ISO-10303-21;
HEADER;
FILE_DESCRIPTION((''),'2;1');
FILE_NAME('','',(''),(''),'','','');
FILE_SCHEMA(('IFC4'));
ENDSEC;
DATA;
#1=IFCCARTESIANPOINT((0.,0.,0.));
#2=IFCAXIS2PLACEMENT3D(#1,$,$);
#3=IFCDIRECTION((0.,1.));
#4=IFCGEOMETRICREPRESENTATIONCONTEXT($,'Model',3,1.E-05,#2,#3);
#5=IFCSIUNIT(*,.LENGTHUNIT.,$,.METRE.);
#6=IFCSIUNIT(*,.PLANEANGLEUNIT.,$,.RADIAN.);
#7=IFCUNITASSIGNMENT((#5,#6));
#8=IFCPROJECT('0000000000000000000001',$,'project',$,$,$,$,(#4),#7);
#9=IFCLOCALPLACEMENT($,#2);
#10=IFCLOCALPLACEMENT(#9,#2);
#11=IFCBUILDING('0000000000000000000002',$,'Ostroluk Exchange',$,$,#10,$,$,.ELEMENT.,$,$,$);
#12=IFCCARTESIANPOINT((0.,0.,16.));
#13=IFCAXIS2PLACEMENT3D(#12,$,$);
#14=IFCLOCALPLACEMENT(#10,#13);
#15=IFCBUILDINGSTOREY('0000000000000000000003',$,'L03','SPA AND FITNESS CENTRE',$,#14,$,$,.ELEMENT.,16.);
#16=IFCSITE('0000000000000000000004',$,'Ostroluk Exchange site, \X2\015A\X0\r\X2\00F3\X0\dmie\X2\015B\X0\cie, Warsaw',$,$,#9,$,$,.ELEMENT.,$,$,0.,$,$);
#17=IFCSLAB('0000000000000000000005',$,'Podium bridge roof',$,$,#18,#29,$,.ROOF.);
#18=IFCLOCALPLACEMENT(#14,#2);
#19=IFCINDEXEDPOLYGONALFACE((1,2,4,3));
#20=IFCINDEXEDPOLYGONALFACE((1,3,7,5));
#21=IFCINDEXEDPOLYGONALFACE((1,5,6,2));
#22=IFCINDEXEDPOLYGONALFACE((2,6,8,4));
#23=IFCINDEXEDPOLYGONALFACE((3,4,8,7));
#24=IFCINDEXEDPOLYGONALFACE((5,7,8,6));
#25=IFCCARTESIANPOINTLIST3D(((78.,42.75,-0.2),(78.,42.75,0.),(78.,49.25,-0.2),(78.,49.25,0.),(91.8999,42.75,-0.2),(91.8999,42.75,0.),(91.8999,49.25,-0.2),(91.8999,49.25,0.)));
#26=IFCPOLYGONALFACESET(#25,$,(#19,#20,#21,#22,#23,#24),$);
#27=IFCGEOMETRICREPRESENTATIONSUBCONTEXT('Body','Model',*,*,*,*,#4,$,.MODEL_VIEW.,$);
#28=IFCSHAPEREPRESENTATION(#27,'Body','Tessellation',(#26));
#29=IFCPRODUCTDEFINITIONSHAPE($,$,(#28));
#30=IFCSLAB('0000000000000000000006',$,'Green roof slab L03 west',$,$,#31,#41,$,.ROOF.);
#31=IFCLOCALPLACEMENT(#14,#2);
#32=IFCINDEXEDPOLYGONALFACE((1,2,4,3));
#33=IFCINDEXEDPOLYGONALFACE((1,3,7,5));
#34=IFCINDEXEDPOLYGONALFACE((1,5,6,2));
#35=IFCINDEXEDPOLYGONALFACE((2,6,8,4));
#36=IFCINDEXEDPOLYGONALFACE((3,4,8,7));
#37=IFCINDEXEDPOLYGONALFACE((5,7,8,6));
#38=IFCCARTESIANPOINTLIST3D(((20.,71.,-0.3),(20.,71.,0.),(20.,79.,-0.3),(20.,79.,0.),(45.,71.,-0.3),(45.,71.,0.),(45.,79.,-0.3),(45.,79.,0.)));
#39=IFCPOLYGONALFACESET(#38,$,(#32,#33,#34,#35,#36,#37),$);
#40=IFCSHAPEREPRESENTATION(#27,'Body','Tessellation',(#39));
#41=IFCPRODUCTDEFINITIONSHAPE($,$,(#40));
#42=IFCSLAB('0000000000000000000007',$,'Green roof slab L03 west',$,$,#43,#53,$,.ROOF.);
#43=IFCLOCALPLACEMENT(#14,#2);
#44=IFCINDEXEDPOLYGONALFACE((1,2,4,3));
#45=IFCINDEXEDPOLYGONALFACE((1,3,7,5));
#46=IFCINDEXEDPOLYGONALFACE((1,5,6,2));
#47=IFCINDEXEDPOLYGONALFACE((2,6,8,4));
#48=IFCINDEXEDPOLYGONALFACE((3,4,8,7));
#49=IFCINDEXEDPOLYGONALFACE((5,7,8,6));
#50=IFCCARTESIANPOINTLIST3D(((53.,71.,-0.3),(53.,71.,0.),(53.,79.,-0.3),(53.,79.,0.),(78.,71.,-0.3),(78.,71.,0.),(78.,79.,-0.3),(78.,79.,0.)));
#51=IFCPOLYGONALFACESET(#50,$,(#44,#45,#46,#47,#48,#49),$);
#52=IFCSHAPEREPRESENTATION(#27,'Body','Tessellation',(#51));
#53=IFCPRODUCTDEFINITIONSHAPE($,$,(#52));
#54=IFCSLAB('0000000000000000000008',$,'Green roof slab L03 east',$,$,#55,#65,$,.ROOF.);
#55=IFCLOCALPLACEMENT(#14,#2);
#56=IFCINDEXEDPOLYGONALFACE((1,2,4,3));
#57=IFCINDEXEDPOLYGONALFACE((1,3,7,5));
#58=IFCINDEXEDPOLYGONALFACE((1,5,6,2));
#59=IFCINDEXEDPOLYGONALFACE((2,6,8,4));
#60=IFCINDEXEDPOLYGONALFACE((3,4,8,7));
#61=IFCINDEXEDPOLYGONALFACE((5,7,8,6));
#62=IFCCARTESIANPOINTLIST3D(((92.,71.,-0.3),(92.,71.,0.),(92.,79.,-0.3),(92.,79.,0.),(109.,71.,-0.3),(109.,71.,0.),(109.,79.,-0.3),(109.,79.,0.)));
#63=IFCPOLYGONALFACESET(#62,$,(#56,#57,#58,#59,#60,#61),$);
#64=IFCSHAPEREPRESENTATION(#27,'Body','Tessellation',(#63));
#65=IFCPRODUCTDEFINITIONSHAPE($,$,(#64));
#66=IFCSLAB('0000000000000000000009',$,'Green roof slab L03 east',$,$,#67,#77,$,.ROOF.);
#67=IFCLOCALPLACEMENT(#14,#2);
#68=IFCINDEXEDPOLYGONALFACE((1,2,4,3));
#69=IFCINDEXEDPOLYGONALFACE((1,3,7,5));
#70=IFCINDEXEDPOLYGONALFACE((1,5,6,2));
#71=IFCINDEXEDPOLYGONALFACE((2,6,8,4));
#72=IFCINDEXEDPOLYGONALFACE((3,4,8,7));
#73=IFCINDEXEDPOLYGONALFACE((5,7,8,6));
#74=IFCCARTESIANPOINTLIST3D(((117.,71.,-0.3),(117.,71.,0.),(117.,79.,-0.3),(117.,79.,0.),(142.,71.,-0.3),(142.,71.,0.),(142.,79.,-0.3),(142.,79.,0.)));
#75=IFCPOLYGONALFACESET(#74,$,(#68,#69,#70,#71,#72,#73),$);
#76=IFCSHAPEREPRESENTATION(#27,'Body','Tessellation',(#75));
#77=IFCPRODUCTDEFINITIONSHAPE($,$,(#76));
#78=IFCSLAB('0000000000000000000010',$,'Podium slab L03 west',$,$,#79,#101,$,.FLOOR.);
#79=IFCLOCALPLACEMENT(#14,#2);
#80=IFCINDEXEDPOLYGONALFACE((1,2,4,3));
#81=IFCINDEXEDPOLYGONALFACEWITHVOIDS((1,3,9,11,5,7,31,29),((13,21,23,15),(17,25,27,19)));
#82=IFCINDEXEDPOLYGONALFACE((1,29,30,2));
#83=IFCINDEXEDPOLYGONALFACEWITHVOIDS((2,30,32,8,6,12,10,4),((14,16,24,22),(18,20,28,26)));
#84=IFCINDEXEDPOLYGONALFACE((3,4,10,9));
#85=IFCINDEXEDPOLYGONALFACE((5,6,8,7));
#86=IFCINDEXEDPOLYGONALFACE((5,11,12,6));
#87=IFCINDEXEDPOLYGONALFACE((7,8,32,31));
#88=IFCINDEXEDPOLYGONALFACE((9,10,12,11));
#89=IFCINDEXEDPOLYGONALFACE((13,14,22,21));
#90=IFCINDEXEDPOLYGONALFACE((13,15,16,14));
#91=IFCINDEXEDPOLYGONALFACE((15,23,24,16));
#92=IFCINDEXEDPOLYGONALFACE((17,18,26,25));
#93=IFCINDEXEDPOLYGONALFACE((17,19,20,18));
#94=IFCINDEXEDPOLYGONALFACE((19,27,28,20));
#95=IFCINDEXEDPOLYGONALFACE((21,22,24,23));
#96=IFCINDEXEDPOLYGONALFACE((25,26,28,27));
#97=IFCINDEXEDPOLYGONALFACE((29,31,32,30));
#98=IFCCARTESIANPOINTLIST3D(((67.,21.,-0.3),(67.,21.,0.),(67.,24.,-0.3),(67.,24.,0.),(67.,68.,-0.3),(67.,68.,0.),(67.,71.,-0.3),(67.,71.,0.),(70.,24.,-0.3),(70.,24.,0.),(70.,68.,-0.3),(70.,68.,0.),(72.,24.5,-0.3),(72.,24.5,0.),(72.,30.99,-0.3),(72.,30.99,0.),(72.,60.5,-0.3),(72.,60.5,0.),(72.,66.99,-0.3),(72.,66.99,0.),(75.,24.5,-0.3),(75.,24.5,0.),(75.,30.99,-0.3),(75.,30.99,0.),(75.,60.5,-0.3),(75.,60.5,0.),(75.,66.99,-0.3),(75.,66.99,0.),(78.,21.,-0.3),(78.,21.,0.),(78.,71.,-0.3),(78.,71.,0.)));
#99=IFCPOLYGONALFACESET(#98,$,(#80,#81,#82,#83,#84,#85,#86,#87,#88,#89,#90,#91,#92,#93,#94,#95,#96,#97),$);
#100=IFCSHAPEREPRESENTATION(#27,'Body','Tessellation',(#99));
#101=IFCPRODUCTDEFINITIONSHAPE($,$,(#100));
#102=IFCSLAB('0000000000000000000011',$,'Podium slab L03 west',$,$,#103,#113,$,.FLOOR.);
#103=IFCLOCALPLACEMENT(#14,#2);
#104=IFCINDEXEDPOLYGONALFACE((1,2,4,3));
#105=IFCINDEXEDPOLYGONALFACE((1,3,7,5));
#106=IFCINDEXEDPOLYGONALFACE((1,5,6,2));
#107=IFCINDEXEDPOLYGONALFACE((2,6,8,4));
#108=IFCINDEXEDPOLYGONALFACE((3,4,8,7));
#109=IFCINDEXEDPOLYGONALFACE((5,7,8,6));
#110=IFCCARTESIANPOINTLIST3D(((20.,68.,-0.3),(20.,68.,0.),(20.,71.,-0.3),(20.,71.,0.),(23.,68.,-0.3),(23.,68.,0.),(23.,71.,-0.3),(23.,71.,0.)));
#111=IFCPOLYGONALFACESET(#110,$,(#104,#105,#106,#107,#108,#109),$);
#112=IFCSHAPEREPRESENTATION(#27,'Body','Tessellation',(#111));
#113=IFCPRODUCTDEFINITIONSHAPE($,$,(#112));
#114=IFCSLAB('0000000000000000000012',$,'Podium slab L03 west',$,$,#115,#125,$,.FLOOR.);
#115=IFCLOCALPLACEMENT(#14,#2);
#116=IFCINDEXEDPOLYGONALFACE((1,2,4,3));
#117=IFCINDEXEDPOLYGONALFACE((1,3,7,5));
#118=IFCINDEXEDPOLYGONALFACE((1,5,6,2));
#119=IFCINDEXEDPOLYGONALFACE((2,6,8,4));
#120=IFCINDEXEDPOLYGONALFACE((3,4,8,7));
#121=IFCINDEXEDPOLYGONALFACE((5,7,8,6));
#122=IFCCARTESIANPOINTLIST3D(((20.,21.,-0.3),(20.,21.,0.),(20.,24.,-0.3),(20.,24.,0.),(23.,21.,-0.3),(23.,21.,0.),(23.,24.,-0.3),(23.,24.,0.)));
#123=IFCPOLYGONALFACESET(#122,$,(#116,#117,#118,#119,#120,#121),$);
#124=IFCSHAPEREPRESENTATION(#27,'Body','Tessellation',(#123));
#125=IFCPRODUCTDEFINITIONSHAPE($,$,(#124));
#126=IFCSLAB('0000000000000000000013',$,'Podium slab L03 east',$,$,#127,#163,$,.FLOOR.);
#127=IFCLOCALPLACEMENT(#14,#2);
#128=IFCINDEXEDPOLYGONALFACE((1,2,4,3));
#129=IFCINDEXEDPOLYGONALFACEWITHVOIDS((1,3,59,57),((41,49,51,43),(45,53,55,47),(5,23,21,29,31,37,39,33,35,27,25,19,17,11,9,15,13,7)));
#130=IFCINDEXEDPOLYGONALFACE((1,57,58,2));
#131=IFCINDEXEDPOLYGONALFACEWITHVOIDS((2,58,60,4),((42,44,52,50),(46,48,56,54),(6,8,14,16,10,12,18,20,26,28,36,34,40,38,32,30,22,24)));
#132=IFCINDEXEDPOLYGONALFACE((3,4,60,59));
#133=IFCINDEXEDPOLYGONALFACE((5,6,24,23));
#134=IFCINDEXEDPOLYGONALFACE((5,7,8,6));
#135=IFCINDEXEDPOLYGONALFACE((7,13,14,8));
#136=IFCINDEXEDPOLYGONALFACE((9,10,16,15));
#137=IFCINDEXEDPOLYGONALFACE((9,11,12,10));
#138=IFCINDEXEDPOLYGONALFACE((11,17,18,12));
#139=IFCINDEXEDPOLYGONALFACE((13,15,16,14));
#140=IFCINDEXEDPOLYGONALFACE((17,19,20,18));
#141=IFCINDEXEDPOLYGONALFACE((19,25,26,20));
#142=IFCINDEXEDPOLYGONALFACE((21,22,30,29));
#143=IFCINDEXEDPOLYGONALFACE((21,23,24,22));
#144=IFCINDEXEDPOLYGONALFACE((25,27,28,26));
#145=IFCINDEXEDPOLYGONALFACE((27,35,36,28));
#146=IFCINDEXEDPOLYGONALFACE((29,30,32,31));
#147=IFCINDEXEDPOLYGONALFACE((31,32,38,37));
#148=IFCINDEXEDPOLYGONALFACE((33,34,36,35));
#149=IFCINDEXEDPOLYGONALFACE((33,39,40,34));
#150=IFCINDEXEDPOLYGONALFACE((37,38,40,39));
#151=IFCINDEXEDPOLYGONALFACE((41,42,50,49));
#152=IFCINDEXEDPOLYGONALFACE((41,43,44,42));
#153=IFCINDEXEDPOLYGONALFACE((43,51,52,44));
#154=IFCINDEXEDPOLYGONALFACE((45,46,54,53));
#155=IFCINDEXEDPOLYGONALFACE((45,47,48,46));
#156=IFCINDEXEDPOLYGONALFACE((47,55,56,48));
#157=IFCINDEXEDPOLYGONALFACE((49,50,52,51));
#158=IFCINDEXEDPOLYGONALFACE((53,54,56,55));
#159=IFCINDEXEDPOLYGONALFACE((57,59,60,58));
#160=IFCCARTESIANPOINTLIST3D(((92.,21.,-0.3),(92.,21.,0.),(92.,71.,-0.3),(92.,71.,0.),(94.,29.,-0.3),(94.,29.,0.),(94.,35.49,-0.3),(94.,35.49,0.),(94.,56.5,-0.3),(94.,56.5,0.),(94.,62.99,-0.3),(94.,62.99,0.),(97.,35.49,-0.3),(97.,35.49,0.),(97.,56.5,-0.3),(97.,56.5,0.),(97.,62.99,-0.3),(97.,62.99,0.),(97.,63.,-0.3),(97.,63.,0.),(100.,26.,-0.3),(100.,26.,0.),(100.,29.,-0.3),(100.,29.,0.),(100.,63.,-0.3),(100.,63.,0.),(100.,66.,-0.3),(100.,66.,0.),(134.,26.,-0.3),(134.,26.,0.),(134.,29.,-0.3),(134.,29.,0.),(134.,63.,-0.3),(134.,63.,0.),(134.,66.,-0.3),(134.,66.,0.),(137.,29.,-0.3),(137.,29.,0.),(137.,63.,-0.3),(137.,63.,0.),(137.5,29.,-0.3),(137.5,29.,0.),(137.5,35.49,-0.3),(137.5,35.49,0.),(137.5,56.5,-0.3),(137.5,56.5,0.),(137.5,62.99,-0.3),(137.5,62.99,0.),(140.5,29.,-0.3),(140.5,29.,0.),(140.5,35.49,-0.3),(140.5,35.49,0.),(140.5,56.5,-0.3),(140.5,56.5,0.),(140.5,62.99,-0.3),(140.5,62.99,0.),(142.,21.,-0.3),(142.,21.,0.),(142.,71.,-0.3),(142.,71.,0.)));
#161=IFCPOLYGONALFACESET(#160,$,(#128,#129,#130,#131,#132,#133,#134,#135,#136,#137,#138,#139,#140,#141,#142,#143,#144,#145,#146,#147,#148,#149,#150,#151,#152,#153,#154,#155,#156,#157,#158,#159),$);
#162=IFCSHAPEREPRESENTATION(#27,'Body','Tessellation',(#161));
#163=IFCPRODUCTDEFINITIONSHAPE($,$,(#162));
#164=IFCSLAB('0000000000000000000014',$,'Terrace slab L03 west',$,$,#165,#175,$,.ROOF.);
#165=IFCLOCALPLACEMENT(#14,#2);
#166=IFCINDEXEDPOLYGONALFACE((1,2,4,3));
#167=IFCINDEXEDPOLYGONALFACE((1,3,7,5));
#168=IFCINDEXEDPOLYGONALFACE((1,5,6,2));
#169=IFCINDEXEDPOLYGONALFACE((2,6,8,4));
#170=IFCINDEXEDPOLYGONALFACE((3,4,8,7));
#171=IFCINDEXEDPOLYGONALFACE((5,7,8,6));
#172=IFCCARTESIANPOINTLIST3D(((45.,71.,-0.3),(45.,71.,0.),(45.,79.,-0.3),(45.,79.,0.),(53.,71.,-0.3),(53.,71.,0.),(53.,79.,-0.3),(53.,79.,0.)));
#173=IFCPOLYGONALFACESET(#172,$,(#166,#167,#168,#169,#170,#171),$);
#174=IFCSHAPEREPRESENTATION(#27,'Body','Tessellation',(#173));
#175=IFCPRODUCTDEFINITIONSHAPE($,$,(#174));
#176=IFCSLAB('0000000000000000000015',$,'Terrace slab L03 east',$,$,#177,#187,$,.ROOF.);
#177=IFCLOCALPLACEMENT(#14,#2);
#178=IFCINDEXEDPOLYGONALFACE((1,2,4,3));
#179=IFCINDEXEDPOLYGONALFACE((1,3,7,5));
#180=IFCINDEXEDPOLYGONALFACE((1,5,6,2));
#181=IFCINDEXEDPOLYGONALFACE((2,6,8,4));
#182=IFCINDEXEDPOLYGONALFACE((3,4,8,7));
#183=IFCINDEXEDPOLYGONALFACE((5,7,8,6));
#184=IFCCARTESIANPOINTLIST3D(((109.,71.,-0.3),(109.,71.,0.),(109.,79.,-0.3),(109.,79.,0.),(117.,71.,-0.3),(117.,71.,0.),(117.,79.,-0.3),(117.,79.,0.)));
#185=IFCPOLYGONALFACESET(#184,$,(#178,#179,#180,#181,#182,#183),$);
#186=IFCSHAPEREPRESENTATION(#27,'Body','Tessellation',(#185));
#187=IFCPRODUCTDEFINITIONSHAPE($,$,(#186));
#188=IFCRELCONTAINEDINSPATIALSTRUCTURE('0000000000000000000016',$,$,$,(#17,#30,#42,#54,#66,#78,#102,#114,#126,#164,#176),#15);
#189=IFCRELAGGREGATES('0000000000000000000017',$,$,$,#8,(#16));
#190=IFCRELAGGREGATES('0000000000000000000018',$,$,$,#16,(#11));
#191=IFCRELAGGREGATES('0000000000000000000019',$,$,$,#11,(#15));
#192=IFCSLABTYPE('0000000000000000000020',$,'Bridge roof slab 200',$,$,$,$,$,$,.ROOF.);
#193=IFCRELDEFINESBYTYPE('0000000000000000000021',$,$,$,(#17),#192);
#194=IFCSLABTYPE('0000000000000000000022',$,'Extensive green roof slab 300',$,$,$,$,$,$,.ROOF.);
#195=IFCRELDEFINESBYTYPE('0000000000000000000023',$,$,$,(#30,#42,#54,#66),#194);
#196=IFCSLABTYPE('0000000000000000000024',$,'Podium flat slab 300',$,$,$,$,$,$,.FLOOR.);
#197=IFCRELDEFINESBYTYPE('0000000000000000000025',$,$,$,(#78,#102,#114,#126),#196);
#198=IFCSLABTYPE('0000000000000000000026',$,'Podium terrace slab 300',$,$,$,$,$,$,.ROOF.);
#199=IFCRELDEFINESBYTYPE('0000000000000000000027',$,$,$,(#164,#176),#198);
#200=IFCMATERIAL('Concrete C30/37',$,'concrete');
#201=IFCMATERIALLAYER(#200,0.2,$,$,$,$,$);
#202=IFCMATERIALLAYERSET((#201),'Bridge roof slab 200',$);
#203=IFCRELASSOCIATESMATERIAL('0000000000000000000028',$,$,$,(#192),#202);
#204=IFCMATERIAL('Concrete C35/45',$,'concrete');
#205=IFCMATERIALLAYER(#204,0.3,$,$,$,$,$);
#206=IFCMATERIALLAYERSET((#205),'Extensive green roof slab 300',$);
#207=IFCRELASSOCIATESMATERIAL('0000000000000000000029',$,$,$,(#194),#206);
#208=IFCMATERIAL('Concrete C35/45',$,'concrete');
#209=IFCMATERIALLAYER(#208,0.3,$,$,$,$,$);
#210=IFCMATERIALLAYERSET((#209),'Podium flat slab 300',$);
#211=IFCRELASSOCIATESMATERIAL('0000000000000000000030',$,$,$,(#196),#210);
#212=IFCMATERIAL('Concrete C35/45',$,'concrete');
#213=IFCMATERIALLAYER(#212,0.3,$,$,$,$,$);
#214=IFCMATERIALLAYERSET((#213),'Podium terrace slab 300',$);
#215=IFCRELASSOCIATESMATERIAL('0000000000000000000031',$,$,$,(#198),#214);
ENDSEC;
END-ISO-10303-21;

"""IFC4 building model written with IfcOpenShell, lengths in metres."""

from ifc_helpers import new_model, si_unit, direction, frame, origin, place, context, subcontext, project, spatial, polyline, outline, extrude, material, layer, layer_set, type_object, element, save


model = new_model("IFC4")

# Units and contexts
model_context = context("Model", 3, precision=1e-05, world=origin(), true_north=direction((0.0, 1.0)))
body_context = subcontext(model_context, "Body", "Model", "MODEL_VIEW")
ifc_project = project(units=[si_unit("LENGTHUNIT", "METRE"), si_unit("PLANEANGLEUNIT", "RADIAN")], contexts=[model_context])

# Site, building, storey
site_placement = place(None, origin())
site = spatial("IfcSite", under=ifc_project, at=site_placement, Name="Ostroluk Exchange site, Śródmieście, Warsaw", CompositionType="ELEMENT", RefElevation=0.0)
building_placement = place(site_placement, origin())
building = spatial("IfcBuilding", under=site, at=building_placement, Name="Ostroluk Exchange", CompositionType="ELEMENT")
storey_placement = place(building_placement, frame((0.0, 0.0, 16.0)))
storey = spatial("IfcBuildingStorey", under=building, at=storey_placement, Name="L03", Description="SPA AND FITNESS CENTRE", CompositionType="ELEMENT", Elevation=16.0)

# Slabs
ifc_material_1 = material(Name="Concrete C30/37", Category="concrete")
ifc_layer_1 = layer(ifc_material_1, 0.2)
ifc_layer_set_1 = layer_set([ifc_layer_1], Name="Bridge roof slab 200")
slab_type_1 = type_object("IfcSlabType", Name="Bridge roof slab 200", PredefinedType="ROOF", material=ifc_layer_set_1)
slab_1_placement = place(storey_placement, frame((0.0, 0.0, -0.2)))
element("IfcSlab", 1, at=slab_1_placement, inside=storey, type_object=slab_type_1, Name="Podium bridge roof", PredefinedType="ROOF", context=body_context, shape_type="SweptSolid", body=[
    extrude(outline(polyline([(78.0, 42.75), (91.8999, 42.75), (91.8999, 49.25), (78.0, 49.25), (78.0, 42.75)])), origin(), (0.0, 0.0, 1.0), 0.2),
])
ifc_material_2 = material(Name="Concrete C35/45", Category="concrete")
ifc_layer_2 = layer(ifc_material_2, 0.3)
ifc_layer_set_2 = layer_set([ifc_layer_2], Name="Extensive green roof slab 300")
slab_type_2 = type_object("IfcSlabType", Name="Extensive green roof slab 300", PredefinedType="ROOF", material=ifc_layer_set_2)
slab_2_placement = place(storey_placement, frame((0.0, 0.0, -0.3)))
element("IfcSlab", 2, at=slab_2_placement, inside=storey, type_object=slab_type_2, Name="Green roof slab L03 west", PredefinedType="ROOF", context=body_context, shape_type="SweptSolid", body=[
    extrude(outline(polyline([(20.0, 71.0), (20.0, 79.0), (45.0, 79.0), (45.0, 71.0), (20.0, 71.0)])), origin(), (0.0, 0.0, 1.0), 0.3),
])
slab_3_placement = place(storey_placement, frame((0.0, 0.0, -0.3)))
element("IfcSlab", 3, at=slab_3_placement, inside=storey, type_object=slab_type_2, Name="Green roof slab L03 west", PredefinedType="ROOF", context=body_context, shape_type="SweptSolid", body=[
    extrude(outline(polyline([(78.0, 79.0), (78.0, 71.0), (53.0, 71.0), (53.0, 79.0), (78.0, 79.0)])), origin(), (0.0, 0.0, 1.0), 0.3),
])
slab_4_placement = place(storey_placement, frame((0.0, 0.0, -0.3)))
element("IfcSlab", 4, at=slab_4_placement, inside=storey, type_object=slab_type_2, Name="Green roof slab L03 east", PredefinedType="ROOF", context=body_context, shape_type="SweptSolid", body=[
    extrude(outline(polyline([(109.0, 79.0), (109.0, 71.0), (92.0, 71.0), (92.0, 79.0), (109.0, 79.0)])), origin(), (0.0, 0.0, 1.0), 0.3),
])
slab_5_placement = place(storey_placement, frame((0.0, 0.0, -0.3)))
element("IfcSlab", 5, at=slab_5_placement, inside=storey, type_object=slab_type_2, Name="Green roof slab L03 east", PredefinedType="ROOF", context=body_context, shape_type="SweptSolid", body=[
    extrude(outline(polyline([(142.0, 79.0), (142.0, 71.0), (117.0, 71.0), (117.0, 79.0), (142.0, 79.0)])), origin(), (0.0, 0.0, 1.0), 0.3),
])
ifc_material_3 = material(Name="Concrete C35/45", Category="concrete")
ifc_layer_3 = layer(ifc_material_3, 0.3)
ifc_layer_set_3 = layer_set([ifc_layer_3], Name="Podium flat slab 300")
slab_type_3 = type_object("IfcSlabType", Name="Podium flat slab 300", PredefinedType="FLOOR", material=ifc_layer_set_3)
slab_6_placement = place(storey_placement, frame((0.0, 0.0, -0.3)))
element("IfcSlab", 6, at=slab_6_placement, inside=storey, type_object=slab_type_3, Name="Podium slab L03 west", PredefinedType="FLOOR", context=body_context, shape_type="SweptSolid", body=[
    extrude(outline(polyline([(67.0, 71.0), (78.0, 71.0), (78.0, 21.0), (67.0, 21.0), (67.0, 24.0), (70.0, 24.0), (70.0, 68.0), (67.0, 68.0), (67.0, 71.0)]), holes=[polyline([(72.0, 24.5), (75.0, 24.5), (75.0, 30.99), (72.0, 30.99), (72.0, 24.5)]), polyline([(72.0, 66.99), (72.0, 60.5), (75.0, 60.5), (75.0, 66.99), (72.0, 66.99)])]), origin(), (0.0, 0.0, 1.0), 0.3),
])
slab_7_placement = place(storey_placement, frame((0.0, 0.0, -0.3)))
element("IfcSlab", 7, at=slab_7_placement, inside=storey, type_object=slab_type_3, Name="Podium slab L03 west", PredefinedType="FLOOR", context=body_context, shape_type="SweptSolid", body=[
    extrude(outline(polyline([(23.0, 68.0), (20.0, 68.0), (20.0, 71.0), (23.0, 71.0), (23.0, 68.0)])), origin(), (0.0, 0.0, 1.0), 0.3),
])
slab_8_placement = place(storey_placement, frame((0.0, 0.0, -0.3)))
element("IfcSlab", 8, at=slab_8_placement, inside=storey, type_object=slab_type_3, Name="Podium slab L03 west", PredefinedType="FLOOR", context=body_context, shape_type="SweptSolid", body=[
    extrude(outline(polyline([(20.0, 21.0), (20.0, 24.0), (23.0, 24.0), (23.0, 21.0), (20.0, 21.0)])), origin(), (0.0, 0.0, 1.0), 0.3),
])
slab_9_placement = place(storey_placement, frame((0.0, 0.0, -0.3)))
element("IfcSlab", 9, at=slab_9_placement, inside=storey, type_object=slab_type_3, Name="Podium slab L03 east", PredefinedType="FLOOR", context=body_context, shape_type="SweptSolid", body=[
    extrude(outline(polyline([(92.0, 21.0), (92.0, 71.0), (142.0, 71.0), (142.0, 21.0), (92.0, 21.0)]), holes=[polyline([(100.0, 63.0), (97.0, 63.0), (97.0, 62.99), (94.0, 62.99), (94.0, 56.5), (97.0, 56.5), (97.0, 35.49), (94.0, 35.49), (94.0, 29.0), (100.0, 29.0), (100.0, 26.0), (134.0, 26.0), (134.0, 29.0), (137.0, 29.0), (137.0, 63.0), (134.0, 63.0), (134.0, 66.0), (100.0, 66.0), (100.0, 63.0)]), polyline([(137.5, 29.0), (140.5, 29.0), (140.5, 35.49), (137.5, 35.49), (137.5, 29.0)]), polyline([(137.5, 62.99), (137.5, 56.5), (140.5, 56.5), (140.5, 62.99), (137.5, 62.99)])]), origin(), (0.0, 0.0, 1.0), 0.3),
])
ifc_material_4 = material(Name="Concrete C35/45", Category="concrete")
ifc_layer_4 = layer(ifc_material_4, 0.3)
ifc_layer_set_4 = layer_set([ifc_layer_4], Name="Podium terrace slab 300")
slab_type_4 = type_object("IfcSlabType", Name="Podium terrace slab 300", PredefinedType="ROOF", material=ifc_layer_set_4)
slab_10_placement = place(storey_placement, frame((0.0, 0.0, -0.3)))
element("IfcSlab", 10, at=slab_10_placement, inside=storey, type_object=slab_type_4, Name="Terrace slab L03 west", PredefinedType="ROOF", context=body_context, shape_type="SweptSolid", body=[
    extrude(outline(polyline([(53.0, 79.0), (53.0, 71.0), (45.0, 71.0), (45.0, 79.0), (53.0, 79.0)])), origin(), (0.0, 0.0, 1.0), 0.3),
])
slab_11_placement = place(storey_placement, frame((0.0, 0.0, -0.3)))
element("IfcSlab", 11, at=slab_11_placement, inside=storey, type_object=slab_type_4, Name="Terrace slab L03 east", PredefinedType="ROOF", context=body_context, shape_type="SweptSolid", body=[
    extrude(outline(polyline([(117.0, 79.0), (117.0, 71.0), (109.0, 71.0), (109.0, 79.0), (117.0, 79.0)])), origin(), (0.0, 0.0, 1.0), 0.3),
])

save(model, "model.ifc")
